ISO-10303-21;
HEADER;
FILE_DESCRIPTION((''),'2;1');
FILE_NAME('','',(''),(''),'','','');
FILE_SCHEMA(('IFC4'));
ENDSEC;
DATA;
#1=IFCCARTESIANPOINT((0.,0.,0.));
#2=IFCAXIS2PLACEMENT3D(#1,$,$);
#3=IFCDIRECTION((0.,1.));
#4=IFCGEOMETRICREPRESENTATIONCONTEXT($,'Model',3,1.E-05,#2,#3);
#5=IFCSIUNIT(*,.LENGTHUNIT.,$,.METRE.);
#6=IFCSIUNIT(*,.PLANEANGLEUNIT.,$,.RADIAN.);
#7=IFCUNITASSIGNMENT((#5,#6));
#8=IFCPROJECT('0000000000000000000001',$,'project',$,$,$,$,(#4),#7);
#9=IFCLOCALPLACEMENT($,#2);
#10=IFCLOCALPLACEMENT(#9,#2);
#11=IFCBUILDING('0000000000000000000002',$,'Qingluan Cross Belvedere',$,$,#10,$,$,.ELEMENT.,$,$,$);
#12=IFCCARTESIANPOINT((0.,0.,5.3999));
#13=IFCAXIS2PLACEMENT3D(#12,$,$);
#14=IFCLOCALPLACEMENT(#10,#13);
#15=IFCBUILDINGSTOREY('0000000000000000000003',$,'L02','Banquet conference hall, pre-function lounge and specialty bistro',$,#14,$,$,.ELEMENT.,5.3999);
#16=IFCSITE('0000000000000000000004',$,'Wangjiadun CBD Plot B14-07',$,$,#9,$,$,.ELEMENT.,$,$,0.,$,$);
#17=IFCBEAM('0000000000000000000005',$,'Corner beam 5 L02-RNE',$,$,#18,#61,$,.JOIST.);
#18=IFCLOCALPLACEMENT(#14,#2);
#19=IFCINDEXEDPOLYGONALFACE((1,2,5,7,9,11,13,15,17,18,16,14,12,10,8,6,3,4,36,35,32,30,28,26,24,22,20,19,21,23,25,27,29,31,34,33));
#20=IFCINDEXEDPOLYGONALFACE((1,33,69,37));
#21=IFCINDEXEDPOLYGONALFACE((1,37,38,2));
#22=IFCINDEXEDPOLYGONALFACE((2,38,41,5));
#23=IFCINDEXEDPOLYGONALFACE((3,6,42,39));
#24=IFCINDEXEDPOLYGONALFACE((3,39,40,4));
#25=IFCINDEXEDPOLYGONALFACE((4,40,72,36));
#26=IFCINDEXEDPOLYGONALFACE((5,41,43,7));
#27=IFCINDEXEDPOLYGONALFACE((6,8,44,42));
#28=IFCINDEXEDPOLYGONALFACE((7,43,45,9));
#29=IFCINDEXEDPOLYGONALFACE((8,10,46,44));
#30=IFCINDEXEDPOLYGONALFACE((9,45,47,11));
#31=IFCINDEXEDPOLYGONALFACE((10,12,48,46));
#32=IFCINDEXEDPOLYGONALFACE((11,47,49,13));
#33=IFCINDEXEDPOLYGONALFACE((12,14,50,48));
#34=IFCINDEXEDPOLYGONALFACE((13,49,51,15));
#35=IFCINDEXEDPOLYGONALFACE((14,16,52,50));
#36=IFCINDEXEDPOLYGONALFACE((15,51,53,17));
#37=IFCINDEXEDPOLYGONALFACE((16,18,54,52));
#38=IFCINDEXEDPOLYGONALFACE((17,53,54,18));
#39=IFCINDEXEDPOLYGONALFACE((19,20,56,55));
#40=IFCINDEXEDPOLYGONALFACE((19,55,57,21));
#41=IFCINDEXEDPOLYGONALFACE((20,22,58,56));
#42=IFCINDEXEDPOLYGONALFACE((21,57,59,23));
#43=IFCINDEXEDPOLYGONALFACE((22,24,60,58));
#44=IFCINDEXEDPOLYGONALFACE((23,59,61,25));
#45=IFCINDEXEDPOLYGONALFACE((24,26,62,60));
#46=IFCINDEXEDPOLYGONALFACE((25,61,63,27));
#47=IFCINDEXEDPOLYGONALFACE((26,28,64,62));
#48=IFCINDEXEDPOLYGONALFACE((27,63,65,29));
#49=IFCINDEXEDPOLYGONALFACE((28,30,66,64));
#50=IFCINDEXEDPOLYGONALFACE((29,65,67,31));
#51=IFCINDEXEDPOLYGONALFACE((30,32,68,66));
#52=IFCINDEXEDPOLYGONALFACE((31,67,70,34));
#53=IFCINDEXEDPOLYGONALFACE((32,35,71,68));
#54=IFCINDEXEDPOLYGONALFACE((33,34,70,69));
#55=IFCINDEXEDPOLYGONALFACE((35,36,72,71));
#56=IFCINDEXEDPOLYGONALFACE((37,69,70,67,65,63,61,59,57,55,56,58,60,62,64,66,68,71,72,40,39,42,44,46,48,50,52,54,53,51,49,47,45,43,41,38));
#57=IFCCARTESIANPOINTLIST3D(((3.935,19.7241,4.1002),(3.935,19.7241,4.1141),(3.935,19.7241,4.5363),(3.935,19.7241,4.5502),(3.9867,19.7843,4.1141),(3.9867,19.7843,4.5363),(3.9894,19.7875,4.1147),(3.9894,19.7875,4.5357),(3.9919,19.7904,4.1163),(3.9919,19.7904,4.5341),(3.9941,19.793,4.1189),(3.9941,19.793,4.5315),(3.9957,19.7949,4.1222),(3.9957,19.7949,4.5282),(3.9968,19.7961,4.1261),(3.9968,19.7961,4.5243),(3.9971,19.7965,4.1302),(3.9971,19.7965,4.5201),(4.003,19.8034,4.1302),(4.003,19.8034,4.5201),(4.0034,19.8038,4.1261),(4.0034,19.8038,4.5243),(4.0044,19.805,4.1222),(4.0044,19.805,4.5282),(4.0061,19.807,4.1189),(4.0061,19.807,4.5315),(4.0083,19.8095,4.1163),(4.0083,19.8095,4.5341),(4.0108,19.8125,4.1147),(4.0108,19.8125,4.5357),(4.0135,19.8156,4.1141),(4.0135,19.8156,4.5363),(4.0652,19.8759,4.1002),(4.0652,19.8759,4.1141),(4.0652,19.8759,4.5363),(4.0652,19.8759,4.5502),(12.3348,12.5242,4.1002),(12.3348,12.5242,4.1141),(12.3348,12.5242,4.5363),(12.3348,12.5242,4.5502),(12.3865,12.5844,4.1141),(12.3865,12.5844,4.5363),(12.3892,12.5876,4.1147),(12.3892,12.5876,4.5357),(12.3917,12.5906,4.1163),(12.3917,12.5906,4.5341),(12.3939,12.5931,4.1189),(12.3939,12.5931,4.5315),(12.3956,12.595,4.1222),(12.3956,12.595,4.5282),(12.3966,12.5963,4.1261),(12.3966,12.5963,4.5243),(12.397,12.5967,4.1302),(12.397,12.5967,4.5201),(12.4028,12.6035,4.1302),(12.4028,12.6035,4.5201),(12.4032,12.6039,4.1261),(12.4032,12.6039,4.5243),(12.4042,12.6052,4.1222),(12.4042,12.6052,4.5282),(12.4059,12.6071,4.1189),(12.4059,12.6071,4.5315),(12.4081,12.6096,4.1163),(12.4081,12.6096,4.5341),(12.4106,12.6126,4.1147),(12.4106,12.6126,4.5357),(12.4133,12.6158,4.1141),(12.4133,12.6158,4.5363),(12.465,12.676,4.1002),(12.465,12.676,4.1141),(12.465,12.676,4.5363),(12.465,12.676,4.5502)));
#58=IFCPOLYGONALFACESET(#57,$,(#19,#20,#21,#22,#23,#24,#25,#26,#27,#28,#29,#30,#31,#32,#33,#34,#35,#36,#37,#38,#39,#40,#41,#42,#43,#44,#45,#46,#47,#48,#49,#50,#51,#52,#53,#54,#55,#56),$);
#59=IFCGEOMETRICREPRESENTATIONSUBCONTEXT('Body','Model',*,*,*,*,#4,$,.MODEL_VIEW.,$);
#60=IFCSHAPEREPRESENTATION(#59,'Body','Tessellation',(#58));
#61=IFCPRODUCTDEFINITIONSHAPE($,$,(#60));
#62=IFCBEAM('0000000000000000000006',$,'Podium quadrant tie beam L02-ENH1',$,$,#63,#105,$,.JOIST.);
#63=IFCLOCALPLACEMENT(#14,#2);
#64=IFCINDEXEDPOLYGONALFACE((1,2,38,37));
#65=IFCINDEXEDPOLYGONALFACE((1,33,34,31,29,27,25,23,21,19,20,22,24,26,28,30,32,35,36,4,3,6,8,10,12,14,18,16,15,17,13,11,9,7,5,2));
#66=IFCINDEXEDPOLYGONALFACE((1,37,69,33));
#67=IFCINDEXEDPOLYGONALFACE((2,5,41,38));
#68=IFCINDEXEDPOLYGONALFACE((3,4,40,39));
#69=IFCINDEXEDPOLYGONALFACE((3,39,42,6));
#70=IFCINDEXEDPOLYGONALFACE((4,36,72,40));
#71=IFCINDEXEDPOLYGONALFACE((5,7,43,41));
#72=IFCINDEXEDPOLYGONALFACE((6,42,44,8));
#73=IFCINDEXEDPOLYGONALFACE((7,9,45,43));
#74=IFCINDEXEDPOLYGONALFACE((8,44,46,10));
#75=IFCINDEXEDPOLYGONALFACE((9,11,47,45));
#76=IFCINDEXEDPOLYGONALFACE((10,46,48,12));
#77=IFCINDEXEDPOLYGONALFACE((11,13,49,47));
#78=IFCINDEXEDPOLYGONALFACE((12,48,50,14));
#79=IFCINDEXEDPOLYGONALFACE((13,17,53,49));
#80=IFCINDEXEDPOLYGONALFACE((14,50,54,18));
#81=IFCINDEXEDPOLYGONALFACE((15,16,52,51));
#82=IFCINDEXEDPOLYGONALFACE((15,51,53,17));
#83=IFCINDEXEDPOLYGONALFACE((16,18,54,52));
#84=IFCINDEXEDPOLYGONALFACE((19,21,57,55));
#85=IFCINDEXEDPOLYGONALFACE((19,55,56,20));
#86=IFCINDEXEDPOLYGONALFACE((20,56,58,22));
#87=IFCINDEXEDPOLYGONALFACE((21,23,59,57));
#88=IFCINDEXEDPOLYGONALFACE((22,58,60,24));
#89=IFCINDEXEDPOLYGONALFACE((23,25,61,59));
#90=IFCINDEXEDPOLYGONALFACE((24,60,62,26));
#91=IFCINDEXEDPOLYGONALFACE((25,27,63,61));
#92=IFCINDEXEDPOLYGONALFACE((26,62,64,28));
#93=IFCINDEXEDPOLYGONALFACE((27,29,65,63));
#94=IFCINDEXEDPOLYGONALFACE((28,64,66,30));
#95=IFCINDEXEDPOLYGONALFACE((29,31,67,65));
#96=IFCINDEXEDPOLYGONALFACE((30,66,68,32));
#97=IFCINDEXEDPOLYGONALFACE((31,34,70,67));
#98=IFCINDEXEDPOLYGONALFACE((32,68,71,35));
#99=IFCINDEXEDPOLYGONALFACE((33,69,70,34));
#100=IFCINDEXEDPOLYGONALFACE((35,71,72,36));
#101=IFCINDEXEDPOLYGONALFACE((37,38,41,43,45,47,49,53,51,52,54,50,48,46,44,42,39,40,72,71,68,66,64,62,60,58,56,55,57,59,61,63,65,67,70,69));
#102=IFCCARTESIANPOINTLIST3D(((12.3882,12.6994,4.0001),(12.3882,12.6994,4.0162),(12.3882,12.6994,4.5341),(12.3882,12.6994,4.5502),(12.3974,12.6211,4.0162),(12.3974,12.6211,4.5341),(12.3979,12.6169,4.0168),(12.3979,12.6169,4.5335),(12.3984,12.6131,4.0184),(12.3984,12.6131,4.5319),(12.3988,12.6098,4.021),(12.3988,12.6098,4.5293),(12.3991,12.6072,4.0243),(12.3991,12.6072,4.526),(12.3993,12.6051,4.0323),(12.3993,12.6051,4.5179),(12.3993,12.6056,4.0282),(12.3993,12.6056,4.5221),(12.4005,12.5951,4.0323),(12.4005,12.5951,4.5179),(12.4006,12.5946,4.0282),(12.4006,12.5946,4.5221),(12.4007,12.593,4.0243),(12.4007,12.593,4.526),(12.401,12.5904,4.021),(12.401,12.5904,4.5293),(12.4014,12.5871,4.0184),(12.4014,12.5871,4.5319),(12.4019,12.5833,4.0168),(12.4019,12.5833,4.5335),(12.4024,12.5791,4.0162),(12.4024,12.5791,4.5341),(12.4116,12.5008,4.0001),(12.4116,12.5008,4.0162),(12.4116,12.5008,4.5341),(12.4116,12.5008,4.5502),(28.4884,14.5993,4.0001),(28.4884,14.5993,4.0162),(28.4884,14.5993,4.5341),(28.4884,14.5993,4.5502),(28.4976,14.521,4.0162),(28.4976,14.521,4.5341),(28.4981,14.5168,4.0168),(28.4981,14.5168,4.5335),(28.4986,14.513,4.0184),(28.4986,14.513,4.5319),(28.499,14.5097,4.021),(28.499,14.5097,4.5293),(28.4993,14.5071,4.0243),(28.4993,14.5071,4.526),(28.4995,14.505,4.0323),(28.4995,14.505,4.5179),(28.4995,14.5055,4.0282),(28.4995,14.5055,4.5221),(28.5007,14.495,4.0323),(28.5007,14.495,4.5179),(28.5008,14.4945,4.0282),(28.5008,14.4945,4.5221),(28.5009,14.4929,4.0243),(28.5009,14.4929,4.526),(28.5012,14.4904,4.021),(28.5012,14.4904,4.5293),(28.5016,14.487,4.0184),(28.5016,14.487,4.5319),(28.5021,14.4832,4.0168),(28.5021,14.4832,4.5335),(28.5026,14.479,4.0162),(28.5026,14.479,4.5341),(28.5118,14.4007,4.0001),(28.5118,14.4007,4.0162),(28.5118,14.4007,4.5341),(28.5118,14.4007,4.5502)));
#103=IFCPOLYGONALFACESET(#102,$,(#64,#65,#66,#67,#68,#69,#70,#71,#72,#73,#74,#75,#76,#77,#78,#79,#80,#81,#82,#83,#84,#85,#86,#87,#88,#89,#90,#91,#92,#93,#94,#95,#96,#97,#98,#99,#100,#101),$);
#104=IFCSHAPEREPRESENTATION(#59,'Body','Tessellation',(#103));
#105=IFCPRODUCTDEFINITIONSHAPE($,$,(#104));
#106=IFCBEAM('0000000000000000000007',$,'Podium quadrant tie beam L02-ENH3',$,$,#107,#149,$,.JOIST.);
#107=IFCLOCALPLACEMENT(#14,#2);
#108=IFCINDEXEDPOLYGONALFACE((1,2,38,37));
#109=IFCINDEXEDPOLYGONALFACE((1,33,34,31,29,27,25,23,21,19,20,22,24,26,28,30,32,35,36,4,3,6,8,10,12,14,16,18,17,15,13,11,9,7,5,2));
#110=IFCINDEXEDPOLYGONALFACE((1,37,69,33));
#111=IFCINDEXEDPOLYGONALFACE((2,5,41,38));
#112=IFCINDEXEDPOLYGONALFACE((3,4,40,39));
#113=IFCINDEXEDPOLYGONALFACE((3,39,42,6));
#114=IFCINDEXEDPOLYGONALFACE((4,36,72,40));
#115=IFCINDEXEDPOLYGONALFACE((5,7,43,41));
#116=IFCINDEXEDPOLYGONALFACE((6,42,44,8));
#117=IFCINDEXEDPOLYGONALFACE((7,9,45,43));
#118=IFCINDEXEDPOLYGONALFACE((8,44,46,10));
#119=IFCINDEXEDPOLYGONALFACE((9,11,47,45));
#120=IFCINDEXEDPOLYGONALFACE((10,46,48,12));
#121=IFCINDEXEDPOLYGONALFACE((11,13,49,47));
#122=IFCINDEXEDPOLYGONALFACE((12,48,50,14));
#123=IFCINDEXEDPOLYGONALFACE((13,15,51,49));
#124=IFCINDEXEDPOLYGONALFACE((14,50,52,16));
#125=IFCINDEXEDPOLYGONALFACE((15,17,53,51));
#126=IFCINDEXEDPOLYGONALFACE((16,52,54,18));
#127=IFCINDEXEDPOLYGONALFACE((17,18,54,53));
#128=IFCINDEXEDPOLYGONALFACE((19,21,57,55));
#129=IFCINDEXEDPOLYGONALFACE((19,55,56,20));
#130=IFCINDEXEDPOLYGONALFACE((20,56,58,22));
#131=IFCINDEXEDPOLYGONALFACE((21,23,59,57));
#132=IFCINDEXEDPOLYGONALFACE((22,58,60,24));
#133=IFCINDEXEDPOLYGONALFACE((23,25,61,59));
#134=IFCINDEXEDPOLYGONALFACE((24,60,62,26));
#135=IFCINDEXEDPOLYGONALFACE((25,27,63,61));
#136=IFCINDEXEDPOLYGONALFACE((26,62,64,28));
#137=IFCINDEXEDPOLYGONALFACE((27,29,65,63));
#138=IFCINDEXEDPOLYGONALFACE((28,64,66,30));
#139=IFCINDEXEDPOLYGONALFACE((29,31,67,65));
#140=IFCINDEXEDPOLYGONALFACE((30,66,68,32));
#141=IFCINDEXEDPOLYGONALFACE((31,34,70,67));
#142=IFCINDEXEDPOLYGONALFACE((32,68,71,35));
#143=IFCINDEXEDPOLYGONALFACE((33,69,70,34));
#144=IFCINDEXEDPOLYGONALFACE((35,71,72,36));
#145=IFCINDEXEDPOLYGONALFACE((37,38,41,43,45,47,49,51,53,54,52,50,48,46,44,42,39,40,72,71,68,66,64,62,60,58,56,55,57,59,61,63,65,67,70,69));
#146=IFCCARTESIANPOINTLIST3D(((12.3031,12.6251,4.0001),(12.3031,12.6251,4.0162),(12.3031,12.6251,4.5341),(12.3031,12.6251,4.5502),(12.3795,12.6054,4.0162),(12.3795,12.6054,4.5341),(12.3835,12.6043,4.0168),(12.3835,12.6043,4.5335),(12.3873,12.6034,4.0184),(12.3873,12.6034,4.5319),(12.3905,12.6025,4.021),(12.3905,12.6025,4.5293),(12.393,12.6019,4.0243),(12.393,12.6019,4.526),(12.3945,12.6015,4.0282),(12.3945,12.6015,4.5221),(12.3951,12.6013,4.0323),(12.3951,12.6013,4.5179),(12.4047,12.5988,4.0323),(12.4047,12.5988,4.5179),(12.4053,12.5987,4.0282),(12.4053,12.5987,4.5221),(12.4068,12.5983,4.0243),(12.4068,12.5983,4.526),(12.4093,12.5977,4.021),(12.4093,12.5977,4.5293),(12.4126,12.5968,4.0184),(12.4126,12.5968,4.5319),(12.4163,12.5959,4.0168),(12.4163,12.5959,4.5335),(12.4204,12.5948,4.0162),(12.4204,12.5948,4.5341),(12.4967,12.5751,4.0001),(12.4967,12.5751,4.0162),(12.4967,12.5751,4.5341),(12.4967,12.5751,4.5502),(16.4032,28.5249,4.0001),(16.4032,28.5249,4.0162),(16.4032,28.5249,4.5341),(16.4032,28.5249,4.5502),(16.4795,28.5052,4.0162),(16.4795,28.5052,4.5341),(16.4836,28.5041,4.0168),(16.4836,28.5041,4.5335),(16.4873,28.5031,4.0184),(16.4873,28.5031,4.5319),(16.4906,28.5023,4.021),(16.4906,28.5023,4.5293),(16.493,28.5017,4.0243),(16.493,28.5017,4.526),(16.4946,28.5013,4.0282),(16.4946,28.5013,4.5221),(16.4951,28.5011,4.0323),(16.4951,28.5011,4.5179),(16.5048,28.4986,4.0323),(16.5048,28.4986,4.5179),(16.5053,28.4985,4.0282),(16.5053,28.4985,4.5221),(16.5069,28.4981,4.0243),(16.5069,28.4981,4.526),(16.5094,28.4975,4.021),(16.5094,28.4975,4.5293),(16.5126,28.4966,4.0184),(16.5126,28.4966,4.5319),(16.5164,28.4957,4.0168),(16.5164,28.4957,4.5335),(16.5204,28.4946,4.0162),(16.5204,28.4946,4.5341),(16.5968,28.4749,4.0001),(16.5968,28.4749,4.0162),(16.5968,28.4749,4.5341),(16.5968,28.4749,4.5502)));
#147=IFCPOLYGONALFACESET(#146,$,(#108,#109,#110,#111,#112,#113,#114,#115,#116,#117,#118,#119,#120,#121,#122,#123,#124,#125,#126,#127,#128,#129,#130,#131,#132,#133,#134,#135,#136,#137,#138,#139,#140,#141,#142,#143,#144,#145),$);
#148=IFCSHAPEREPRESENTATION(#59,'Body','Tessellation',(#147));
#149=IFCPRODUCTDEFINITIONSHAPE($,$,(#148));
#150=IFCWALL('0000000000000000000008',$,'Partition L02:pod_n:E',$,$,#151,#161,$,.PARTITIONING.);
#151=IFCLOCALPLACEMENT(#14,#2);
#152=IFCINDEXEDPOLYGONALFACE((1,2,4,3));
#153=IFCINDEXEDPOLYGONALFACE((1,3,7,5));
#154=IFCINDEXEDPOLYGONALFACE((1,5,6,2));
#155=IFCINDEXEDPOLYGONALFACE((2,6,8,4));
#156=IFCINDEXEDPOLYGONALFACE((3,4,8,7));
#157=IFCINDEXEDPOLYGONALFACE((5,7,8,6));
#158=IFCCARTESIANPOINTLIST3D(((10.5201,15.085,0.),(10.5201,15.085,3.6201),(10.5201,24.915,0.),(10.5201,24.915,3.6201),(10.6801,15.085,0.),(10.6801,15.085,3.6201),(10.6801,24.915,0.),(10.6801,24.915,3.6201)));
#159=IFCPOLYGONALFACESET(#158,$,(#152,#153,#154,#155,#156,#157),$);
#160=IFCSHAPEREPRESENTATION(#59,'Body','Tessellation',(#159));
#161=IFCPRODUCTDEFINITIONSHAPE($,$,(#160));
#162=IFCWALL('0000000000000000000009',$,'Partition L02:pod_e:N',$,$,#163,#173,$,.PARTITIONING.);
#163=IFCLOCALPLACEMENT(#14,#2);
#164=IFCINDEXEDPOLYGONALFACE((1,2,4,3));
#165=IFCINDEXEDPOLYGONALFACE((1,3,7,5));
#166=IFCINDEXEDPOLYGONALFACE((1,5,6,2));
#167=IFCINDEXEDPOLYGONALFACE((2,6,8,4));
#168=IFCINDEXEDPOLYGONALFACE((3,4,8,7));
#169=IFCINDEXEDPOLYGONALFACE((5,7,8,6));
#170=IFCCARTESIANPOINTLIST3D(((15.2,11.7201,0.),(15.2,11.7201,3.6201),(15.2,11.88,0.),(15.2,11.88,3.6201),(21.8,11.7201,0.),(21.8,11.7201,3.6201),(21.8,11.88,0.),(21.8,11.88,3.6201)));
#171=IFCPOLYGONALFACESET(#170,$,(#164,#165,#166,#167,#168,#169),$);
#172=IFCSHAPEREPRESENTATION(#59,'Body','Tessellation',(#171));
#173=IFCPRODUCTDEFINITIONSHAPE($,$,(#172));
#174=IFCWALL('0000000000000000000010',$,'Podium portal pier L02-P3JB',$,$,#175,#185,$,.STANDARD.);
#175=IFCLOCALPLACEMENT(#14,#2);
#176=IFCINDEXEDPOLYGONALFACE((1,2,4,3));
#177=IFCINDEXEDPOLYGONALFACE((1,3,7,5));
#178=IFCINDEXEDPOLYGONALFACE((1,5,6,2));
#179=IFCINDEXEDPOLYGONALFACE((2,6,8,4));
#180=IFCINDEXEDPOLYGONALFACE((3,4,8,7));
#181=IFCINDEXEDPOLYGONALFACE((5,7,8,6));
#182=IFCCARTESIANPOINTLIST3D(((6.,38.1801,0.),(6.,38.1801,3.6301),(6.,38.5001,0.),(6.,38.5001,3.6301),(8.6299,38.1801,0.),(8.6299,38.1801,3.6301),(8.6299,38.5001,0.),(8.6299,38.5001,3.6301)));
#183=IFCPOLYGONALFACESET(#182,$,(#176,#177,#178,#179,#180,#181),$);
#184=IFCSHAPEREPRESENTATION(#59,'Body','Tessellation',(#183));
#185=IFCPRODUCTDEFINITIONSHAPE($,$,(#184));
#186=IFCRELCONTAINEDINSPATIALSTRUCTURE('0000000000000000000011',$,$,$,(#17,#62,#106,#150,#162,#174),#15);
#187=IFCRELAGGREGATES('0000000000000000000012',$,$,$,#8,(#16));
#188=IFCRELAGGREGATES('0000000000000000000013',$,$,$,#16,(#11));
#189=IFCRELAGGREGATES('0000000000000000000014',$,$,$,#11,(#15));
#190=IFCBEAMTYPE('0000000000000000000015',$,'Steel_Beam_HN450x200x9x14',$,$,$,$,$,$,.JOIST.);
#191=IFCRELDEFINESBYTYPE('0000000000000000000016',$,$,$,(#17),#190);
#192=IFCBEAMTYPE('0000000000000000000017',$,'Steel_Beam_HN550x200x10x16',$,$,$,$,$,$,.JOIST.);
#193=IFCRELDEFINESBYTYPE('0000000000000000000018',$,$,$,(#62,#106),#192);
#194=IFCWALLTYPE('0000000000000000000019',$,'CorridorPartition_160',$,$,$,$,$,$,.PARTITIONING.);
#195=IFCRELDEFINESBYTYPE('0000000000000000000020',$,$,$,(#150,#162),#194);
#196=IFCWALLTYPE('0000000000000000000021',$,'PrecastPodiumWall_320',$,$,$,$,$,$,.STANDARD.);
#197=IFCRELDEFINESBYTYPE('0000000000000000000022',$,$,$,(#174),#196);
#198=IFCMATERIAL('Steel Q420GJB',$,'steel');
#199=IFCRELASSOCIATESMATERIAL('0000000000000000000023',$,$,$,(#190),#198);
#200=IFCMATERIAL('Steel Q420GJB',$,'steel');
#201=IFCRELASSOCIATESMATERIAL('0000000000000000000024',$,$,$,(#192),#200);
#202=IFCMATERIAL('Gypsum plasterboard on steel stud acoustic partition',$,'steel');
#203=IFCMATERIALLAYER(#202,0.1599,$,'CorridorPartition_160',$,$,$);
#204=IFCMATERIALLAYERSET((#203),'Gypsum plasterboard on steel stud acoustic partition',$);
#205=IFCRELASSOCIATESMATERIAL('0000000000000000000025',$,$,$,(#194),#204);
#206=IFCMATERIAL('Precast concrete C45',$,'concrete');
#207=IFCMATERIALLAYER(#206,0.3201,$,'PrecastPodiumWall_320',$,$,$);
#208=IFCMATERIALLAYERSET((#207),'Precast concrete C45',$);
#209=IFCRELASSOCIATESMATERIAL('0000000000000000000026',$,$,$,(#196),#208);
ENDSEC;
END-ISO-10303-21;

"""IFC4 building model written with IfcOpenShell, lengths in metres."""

from ifc_helpers import new_model, si_unit, direction, frame, frame_2d, origin, origin_2d, place, context, subcontext, project, spatial, rectangle, i_section, extrude, material, layer, layer_set, material_profile, profile_set, type_object, element, save


model = new_model("IFC4")

# Units and contexts
model_context = context("Model", 3, precision=1e-05, world=origin(), true_north=direction((0.0, 1.0)))
body_context = subcontext(model_context, "Body", "Model", "MODEL_VIEW")
ifc_project = project(units=[si_unit("LENGTHUNIT", "METRE"), si_unit("PLANEANGLEUNIT", "RADIAN")], contexts=[model_context])

# Site, building, storey
site_placement = place(None, origin())
site = spatial("IfcSite", under=ifc_project, at=site_placement, Name="Wangjiadun CBD Plot B14-07", CompositionType="ELEMENT", RefElevation=0.0)
building_placement = place(site_placement, origin())
building = spatial("IfcBuilding", under=site, at=building_placement, Name="Qingluan Cross Belvedere", CompositionType="ELEMENT")
storey_placement = place(building_placement, frame((0.0, 0.0, 5.3999)))
storey = spatial("IfcBuildingStorey", under=building, at=storey_placement, Name="L02", Description="Banquet conference hall, pre-function lounge and specialty bistro", CompositionType="ELEMENT", Elevation=5.3999)

# Beams
ifc_material_1 = material(Name="Steel Q420GJB", Category="steel")
ifc_material_profile_1 = material_profile(ifc_material_1, i_section(OverallWidth=0.2, OverallDepth=0.45, WebThickness=0.009, FlangeThickness=0.0139, FilletRadius=0.0161, at=origin_2d()), Name="HN450x200x9x14")
ifc_profile_set_1 = profile_set([ifc_material_profile_1], Name="Steel Q420GJB")
beam_type_1 = type_object("IfcBeamType", Name="Steel_Beam_HN450x200x9x14", PredefinedType="JOIST", material=ifc_profile_set_1)
beam_1_placement = place(storey_placement, frame((12.3999, 12.6001, 4.3252), z_axis=(-0.759255, 0.650793, 0.0), x_axis=(-0.650793, -0.759255, 0.0)))
element("IfcBeam", 1, at=beam_1_placement, inside=storey, type_object=beam_type_1, Name="Corner beam 5 L02-RNE", PredefinedType="JOIST", context=body_context, shape_type="SweptSolid", body=[
    extrude(i_section(OverallWidth=0.2, OverallDepth=0.45, WebThickness=0.009, FlangeThickness=0.0139, FilletRadius=0.0161, at=origin_2d()), origin(), (0.0, 0.0, 1.0), 11.0632),
])
ifc_material_2 = material(Name="Steel Q420GJB", Category="steel")
ifc_material_profile_2 = material_profile(ifc_material_2, i_section(OverallWidth=0.2, OverallDepth=0.55, WebThickness=0.01, FlangeThickness=0.0161, FilletRadius=0.0161, at=origin_2d()), Name="HN550x200x10x16")
ifc_profile_set_2 = profile_set([ifc_material_profile_2], Name="Steel Q420GJB")
beam_type_2 = type_object("IfcBeamType", Name="Steel_Beam_HN550x200x10x16", PredefinedType="JOIST", material=ifc_profile_set_2)
beam_2_placement = place(storey_placement, frame((12.3999, 12.6001, 4.2751), z_axis=(0.993109, 0.117192, 0.0), x_axis=(-0.117192, 0.993109, 0.0)))
element("IfcBeam", 2, at=beam_2_placement, inside=storey, type_object=beam_type_2, Name="Podium quadrant tie beam L02-ENH1", PredefinedType="JOIST", context=body_context, shape_type="SweptSolid", body=[
    extrude(i_section(OverallWidth=0.2, OverallDepth=0.55, WebThickness=0.01, FlangeThickness=0.0161, FilletRadius=0.0161, at=origin_2d()), origin(), (0.0, 0.0, 1.0), 16.2119),
])
beam_3_placement = place(storey_placement, frame((12.3999, 12.6001, 4.2751), z_axis=(0.249701, 0.968323, 0.0), x_axis=(-0.968323, 0.249701, 0.0)))
element("IfcBeam", 3, at=beam_3_placement, inside=storey, type_object=beam_type_2, Name="Podium quadrant tie beam L02-ENH3", PredefinedType="JOIST", context=body_context, shape_type="SweptSolid", body=[
    extrude(i_section(OverallWidth=0.2, OverallDepth=0.55, WebThickness=0.01, FlangeThickness=0.0161, FilletRadius=0.0161, at=origin_2d()), origin(), (0.0, 0.0, 1.0), 16.4199),
])

# Walls
ifc_material_3 = material(Name="Gypsum plasterboard on steel stud acoustic partition", Category="steel")
ifc_layer_1 = layer(ifc_material_3, 0.1599, Name="CorridorPartition_160")
ifc_layer_set_1 = layer_set([ifc_layer_1], Name="Gypsum plasterboard on steel stud acoustic partition")
wall_type_1 = type_object("IfcWallType", Name="CorridorPartition_160", PredefinedType="PARTITIONING", material=ifc_layer_set_1)
wall_1_placement = place(storey_placement, frame((10.6001, 15.085, 0.0), z_axis=(0.0, 0.0, 1.0), x_axis=(0.0, 1.0, 0.0)))
element("IfcWall", 4, at=wall_1_placement, inside=storey, type_object=wall_type_1, Name="Partition L02:pod_n:E", PredefinedType="PARTITIONING", context=body_context, shape_type="SweptSolid", body=[
    extrude(rectangle(XDim=9.8301, YDim=0.1599, at=frame_2d((4.915, 0.0))), origin(), (0.0, 0.0, 1.0), 3.6201),
])
wall_2_placement = place(storey_placement, frame((15.2, 11.8, 0.0), z_axis=(0.0, 0.0, 1.0), x_axis=(1.0, 0.0, 0.0)))
element("IfcWall", 5, at=wall_2_placement, inside=storey, type_object=wall_type_1, Name="Partition L02:pod_e:N", PredefinedType="PARTITIONING", context=body_context, shape_type="SweptSolid", body=[
    extrude(rectangle(XDim=6.6001, YDim=0.1599, at=frame_2d((3.3, 0.0))), origin(), (0.0, 0.0, 1.0), 3.6201),
])
ifc_material_4 = material(Name="Precast concrete C45", Category="concrete")
ifc_layer_2 = layer(ifc_material_4, 0.3201, Name="PrecastPodiumWall_320")
ifc_layer_set_2 = layer_set([ifc_layer_2], Name="Precast concrete C45")
wall_type_2 = type_object("IfcWallType", Name="PrecastPodiumWall_320", PredefinedType="STANDARD", material=ifc_layer_set_2)
wall_3_placement = place(storey_placement, frame((6.0, 38.3401, 0.0), z_axis=(0.0, 0.0, 1.0), x_axis=(1.0, 0.0, 0.0)))
element("IfcWall", 6, at=wall_3_placement, inside=storey, type_object=wall_type_2, Name="Podium portal pier L02-P3JB", PredefinedType="STANDARD", context=body_context, shape_type="SweptSolid", body=[
    extrude(rectangle(XDim=2.6299, YDim=0.3201, at=frame_2d((1.3149, 0.0))), origin(), (0.0, 0.0, 1.0), 3.6301),
])

save(model, "model.ifc")
